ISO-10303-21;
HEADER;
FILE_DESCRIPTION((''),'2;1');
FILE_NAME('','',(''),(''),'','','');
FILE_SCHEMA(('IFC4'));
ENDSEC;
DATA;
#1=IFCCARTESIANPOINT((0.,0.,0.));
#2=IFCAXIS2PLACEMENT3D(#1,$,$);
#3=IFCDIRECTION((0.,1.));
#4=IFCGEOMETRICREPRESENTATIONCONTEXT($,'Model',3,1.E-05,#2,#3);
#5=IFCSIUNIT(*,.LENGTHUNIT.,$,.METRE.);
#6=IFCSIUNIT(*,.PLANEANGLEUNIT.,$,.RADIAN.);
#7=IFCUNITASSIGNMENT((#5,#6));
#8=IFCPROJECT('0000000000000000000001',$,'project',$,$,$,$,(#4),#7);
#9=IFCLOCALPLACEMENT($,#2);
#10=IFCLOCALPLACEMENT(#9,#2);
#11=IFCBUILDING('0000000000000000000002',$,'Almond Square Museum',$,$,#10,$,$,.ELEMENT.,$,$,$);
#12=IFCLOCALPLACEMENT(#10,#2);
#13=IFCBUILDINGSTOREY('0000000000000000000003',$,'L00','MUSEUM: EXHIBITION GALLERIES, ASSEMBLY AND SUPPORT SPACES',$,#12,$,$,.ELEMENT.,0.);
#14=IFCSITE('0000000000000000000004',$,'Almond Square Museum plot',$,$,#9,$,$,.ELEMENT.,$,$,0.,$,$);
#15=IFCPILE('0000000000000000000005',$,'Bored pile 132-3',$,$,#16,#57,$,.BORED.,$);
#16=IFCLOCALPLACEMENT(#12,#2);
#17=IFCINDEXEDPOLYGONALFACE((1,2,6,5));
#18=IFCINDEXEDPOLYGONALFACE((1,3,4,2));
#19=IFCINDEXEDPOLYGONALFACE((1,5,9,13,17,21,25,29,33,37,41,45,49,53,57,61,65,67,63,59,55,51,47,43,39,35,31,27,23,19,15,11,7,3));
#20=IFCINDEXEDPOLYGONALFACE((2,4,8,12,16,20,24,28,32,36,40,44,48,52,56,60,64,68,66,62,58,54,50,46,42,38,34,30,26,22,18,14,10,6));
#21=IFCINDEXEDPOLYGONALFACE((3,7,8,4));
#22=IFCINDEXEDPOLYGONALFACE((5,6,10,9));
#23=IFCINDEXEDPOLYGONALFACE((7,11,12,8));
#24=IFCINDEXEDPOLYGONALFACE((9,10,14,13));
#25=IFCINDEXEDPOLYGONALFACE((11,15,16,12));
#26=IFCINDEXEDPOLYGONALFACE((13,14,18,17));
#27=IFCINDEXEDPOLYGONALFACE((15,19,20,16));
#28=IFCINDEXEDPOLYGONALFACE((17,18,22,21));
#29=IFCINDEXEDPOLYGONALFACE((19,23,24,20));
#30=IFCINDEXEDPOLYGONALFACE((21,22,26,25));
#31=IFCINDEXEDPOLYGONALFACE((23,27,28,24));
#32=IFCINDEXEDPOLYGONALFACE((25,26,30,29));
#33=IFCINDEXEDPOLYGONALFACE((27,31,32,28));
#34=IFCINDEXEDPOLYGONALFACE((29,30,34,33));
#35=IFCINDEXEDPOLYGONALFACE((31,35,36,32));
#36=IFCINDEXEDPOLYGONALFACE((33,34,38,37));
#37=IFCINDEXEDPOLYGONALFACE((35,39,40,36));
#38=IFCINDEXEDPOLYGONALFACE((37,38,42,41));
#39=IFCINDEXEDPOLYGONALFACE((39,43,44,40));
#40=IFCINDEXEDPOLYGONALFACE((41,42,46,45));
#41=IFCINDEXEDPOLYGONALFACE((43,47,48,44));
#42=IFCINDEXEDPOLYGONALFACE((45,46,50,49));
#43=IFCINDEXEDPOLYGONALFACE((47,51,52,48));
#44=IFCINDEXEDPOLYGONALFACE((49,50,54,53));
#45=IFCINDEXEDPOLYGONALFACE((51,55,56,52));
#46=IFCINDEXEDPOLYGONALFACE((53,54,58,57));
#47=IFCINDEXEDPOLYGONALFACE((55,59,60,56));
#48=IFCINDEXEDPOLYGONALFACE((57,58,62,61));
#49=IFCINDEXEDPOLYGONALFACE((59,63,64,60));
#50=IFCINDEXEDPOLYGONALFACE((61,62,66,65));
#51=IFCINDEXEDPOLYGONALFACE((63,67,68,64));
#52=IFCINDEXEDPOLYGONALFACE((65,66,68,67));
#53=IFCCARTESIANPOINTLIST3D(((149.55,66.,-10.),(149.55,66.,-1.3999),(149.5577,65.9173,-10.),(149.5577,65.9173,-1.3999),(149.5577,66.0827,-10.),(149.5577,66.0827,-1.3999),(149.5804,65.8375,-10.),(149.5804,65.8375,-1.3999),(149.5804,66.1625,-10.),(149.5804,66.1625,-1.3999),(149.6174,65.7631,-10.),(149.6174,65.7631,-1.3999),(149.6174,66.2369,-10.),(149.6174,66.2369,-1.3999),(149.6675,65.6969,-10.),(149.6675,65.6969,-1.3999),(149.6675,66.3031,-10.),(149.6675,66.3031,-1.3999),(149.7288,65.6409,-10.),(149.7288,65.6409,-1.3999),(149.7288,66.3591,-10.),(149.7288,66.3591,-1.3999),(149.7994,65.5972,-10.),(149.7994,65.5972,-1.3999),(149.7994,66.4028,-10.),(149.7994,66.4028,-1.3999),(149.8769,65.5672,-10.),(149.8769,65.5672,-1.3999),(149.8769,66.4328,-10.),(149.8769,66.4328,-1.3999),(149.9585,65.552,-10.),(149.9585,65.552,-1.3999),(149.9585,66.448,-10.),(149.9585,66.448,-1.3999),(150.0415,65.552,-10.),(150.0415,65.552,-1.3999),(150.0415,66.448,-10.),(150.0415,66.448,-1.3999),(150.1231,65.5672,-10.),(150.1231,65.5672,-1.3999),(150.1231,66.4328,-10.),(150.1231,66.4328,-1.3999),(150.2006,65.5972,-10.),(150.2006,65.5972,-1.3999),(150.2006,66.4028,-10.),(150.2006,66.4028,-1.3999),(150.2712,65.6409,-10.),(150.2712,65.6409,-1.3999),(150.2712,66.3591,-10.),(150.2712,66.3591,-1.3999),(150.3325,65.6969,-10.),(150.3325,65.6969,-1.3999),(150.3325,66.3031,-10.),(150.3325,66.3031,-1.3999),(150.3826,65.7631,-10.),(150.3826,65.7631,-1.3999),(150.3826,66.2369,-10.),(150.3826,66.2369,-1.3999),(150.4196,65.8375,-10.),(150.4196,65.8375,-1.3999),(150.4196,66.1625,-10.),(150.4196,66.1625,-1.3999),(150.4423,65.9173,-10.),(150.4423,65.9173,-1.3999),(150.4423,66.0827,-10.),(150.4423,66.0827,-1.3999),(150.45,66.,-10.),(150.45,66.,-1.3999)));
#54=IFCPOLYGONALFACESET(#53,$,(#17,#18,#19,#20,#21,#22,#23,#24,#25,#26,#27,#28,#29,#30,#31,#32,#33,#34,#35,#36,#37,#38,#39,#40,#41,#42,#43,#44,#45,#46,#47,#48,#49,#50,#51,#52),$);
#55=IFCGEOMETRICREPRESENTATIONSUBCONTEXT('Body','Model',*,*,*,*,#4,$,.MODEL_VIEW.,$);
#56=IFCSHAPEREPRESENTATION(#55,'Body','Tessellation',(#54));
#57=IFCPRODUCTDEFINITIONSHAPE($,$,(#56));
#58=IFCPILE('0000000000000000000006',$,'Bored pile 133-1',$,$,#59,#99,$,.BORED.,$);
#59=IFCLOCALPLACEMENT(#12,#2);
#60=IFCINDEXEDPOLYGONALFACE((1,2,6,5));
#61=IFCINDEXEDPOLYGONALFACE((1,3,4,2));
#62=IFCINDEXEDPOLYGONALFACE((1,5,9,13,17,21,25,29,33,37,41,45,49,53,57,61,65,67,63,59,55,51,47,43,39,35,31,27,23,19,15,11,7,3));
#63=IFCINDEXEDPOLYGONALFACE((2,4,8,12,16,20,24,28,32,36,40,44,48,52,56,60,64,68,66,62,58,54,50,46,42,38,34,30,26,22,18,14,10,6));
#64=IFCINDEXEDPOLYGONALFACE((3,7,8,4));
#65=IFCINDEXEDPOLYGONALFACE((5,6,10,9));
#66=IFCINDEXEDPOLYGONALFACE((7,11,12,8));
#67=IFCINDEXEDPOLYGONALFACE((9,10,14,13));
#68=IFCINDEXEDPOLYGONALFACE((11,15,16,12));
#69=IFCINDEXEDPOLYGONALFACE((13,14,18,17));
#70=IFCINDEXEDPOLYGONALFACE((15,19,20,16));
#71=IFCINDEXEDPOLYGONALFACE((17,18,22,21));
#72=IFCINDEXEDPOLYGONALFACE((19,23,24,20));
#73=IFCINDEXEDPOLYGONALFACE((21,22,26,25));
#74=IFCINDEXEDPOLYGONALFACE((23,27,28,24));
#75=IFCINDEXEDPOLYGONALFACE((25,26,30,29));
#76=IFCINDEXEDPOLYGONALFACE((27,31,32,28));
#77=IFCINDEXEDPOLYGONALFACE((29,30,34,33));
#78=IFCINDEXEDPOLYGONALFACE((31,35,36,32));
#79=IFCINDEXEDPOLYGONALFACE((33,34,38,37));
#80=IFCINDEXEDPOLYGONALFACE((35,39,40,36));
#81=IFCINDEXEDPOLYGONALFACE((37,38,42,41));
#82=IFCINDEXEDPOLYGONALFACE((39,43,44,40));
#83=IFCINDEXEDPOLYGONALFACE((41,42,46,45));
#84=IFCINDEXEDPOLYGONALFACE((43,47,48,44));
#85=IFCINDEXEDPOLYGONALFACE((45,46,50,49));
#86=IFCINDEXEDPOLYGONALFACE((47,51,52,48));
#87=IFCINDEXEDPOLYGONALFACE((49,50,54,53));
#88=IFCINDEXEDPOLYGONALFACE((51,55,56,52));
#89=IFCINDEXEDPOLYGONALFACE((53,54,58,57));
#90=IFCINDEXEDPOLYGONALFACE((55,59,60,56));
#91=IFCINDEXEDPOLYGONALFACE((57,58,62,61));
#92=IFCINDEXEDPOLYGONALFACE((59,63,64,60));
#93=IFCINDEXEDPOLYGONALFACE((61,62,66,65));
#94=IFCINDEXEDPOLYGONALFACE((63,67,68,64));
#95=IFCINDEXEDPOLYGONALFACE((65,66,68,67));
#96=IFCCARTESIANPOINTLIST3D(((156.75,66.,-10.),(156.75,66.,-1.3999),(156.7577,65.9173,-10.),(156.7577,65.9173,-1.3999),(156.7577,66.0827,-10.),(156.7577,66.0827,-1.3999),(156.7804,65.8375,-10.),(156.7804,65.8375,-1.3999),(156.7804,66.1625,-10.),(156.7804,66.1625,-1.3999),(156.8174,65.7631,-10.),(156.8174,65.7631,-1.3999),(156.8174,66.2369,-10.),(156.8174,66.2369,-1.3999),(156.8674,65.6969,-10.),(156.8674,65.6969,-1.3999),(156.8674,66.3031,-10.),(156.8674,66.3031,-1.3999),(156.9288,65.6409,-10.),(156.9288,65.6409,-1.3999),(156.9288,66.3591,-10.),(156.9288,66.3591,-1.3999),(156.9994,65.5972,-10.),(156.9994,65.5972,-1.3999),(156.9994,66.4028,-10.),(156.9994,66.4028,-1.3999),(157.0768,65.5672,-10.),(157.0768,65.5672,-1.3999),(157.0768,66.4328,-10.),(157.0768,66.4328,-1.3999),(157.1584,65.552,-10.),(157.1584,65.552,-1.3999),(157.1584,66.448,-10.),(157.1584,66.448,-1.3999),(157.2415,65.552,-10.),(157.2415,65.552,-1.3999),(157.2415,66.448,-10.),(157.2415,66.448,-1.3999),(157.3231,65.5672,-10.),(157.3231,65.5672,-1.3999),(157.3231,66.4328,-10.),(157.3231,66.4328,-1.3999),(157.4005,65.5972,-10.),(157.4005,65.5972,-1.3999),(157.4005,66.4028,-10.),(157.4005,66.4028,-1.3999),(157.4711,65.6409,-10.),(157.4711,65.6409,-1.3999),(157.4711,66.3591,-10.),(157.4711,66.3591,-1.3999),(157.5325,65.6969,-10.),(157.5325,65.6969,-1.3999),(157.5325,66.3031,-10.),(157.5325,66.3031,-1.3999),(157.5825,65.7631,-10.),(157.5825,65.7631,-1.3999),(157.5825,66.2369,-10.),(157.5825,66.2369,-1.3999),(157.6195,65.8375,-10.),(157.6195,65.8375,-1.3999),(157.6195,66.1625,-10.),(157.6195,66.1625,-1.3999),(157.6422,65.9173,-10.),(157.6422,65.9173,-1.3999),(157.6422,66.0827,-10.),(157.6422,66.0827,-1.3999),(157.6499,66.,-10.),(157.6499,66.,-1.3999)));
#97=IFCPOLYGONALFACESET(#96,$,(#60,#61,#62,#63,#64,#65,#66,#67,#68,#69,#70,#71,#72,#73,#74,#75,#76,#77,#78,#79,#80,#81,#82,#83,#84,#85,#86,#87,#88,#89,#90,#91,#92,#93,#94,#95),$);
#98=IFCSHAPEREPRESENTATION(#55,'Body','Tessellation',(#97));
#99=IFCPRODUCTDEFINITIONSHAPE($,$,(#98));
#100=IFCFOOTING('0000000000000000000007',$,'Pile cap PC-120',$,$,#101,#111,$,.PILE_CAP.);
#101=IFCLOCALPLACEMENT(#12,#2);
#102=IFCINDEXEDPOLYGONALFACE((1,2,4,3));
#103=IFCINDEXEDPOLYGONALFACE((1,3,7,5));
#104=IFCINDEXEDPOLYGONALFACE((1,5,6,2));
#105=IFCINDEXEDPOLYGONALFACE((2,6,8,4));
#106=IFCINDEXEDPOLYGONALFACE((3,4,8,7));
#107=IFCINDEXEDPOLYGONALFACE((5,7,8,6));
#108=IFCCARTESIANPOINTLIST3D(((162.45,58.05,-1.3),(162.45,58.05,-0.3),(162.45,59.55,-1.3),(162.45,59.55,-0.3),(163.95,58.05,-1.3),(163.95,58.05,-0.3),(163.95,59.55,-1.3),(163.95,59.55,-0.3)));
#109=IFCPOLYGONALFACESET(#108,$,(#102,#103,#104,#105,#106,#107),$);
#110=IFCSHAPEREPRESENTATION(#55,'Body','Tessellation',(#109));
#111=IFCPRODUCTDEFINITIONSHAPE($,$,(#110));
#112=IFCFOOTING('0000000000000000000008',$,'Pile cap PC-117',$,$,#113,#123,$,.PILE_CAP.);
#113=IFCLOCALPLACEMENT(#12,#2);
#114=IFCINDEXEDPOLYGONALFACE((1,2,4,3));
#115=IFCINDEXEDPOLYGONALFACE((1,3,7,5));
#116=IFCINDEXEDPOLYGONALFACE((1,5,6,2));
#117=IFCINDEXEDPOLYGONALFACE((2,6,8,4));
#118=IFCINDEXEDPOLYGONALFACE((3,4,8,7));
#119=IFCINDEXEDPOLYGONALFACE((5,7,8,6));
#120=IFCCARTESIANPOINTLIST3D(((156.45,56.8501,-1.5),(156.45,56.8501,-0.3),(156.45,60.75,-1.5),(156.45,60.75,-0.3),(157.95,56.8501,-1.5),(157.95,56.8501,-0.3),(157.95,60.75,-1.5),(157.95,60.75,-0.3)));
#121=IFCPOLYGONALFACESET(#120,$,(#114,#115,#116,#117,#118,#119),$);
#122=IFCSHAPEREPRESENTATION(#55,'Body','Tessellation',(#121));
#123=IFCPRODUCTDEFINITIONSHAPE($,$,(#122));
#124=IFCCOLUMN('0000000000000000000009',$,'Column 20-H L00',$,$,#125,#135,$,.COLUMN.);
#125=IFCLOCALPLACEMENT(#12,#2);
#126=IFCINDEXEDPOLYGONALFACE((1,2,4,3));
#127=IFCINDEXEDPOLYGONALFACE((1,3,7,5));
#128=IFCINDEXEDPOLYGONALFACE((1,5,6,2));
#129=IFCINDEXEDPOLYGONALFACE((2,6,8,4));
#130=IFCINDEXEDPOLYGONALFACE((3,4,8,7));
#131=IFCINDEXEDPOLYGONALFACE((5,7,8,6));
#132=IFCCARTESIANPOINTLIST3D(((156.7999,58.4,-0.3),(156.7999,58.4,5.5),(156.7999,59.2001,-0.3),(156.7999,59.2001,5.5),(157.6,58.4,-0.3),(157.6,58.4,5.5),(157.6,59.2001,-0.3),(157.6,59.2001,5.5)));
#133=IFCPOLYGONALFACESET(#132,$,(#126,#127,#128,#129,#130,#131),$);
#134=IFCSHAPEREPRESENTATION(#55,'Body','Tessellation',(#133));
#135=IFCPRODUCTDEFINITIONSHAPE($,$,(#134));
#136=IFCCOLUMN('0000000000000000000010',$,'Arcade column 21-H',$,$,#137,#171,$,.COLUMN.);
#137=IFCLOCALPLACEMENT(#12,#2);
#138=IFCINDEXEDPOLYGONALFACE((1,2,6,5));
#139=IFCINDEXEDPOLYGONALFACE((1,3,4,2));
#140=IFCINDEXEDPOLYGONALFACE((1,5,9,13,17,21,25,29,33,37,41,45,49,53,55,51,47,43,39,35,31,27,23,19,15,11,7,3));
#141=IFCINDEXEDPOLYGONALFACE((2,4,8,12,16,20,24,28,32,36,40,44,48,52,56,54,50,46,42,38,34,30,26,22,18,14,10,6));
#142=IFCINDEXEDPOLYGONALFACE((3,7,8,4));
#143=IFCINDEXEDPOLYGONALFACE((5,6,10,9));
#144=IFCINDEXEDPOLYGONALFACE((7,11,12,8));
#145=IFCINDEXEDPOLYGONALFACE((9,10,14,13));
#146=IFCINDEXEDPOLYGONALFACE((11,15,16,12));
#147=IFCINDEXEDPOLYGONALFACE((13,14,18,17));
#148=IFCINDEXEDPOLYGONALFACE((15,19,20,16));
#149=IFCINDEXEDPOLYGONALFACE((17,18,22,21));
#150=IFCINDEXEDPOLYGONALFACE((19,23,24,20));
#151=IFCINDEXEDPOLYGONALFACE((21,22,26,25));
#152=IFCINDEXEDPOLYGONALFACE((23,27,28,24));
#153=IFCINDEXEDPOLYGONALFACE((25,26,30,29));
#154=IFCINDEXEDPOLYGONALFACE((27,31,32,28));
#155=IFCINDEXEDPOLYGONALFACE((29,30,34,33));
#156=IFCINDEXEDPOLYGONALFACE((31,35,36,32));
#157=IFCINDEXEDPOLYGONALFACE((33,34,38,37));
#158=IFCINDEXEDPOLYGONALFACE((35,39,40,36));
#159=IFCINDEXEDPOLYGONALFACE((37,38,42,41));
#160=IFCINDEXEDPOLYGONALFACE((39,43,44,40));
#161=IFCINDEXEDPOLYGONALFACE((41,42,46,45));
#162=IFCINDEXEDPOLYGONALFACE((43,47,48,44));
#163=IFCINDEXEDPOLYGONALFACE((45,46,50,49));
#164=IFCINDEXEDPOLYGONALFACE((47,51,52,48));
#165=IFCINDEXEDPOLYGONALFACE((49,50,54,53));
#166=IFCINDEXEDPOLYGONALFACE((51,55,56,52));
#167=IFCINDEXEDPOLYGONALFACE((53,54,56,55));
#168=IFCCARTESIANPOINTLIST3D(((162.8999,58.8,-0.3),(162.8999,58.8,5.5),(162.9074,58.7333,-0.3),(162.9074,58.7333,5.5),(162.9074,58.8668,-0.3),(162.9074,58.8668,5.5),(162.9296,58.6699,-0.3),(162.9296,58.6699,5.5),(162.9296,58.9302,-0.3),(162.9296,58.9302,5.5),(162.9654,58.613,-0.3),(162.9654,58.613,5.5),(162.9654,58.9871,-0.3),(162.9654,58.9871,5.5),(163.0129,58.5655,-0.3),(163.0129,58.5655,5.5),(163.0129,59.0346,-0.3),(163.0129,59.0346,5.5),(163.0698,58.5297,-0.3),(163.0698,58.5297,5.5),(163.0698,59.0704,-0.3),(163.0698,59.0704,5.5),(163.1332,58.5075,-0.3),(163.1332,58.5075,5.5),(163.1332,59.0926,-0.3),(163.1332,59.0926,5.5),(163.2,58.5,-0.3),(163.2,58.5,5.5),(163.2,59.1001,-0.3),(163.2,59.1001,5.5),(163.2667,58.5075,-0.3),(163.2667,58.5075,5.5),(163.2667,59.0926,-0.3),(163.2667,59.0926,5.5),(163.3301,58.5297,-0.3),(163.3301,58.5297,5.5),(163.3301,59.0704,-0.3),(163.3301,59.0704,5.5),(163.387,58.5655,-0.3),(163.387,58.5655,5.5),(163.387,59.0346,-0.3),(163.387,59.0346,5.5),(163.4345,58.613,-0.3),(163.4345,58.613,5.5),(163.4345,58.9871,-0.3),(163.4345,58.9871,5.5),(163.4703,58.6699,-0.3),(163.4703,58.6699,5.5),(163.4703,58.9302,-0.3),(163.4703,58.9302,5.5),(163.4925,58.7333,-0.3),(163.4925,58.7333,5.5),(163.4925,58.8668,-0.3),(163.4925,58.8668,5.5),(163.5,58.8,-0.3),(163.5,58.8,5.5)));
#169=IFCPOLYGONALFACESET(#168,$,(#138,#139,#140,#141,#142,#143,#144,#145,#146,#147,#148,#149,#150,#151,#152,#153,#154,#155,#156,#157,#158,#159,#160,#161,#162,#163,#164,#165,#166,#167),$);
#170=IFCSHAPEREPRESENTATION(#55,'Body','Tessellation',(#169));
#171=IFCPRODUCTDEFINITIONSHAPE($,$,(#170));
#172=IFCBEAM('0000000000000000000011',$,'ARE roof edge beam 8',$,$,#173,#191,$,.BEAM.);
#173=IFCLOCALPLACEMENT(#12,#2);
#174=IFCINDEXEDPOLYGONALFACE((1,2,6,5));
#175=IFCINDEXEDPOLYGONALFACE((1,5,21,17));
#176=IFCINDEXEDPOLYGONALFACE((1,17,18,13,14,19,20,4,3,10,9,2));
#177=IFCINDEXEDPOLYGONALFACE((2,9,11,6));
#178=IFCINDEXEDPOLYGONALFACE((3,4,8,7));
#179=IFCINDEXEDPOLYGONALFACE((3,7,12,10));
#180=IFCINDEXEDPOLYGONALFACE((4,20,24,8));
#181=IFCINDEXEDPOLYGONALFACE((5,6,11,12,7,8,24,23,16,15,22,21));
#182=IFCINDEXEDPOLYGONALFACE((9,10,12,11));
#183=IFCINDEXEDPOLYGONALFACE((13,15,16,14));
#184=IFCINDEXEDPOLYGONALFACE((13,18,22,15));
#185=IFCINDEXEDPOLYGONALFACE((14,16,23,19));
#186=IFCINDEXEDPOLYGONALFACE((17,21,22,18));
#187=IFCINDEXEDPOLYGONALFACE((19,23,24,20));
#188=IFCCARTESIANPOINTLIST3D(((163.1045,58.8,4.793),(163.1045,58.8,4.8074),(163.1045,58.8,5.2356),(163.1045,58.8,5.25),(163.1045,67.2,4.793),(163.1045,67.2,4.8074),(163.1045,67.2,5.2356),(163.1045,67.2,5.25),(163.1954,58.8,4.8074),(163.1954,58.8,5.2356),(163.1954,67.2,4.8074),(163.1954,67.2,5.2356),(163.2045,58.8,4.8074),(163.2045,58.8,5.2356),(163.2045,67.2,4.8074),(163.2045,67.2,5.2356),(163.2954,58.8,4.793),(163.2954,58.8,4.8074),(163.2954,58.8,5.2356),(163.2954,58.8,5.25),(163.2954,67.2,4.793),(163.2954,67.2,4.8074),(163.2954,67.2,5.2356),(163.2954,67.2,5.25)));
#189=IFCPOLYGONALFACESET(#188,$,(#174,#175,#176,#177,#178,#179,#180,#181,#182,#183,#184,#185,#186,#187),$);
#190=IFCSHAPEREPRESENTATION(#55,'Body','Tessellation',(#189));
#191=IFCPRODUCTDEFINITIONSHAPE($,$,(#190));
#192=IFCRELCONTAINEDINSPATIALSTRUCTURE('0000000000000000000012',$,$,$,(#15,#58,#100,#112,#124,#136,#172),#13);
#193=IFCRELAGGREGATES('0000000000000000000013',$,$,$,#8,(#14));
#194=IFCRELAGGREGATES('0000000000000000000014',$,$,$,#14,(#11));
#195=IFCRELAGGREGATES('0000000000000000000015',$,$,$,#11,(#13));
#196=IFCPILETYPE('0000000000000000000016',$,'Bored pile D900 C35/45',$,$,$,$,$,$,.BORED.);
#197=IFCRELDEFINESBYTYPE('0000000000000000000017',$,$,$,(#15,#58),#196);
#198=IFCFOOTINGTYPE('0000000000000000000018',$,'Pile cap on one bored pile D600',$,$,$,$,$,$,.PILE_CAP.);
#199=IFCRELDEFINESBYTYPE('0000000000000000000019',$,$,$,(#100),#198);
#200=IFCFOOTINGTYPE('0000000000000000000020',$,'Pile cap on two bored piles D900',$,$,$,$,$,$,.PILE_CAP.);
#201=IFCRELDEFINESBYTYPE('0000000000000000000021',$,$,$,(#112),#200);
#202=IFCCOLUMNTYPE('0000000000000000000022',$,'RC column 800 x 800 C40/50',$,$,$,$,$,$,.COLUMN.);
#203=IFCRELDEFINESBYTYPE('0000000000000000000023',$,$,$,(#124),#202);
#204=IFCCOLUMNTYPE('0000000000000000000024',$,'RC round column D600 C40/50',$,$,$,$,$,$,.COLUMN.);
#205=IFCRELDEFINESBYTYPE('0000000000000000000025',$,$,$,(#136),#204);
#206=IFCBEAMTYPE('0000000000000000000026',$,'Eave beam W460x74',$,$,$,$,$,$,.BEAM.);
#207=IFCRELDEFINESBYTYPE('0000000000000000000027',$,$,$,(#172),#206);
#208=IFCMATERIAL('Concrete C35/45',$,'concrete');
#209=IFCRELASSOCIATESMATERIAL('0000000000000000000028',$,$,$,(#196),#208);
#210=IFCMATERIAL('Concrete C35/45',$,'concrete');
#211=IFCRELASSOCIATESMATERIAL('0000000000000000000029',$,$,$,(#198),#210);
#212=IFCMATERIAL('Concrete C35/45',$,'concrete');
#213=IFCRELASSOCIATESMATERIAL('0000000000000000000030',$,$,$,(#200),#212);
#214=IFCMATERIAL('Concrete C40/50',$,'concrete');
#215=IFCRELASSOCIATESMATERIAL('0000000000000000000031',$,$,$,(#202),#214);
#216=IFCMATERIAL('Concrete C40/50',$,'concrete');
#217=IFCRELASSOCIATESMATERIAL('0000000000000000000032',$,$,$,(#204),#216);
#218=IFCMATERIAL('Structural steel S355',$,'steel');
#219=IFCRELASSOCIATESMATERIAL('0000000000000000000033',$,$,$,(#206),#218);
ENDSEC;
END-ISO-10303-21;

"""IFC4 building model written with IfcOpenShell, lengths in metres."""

from ifc_helpers import new_model, si_unit, direction, frame, origin, origin_2d, place, context, subcontext, project, spatial, rectangle, circle, i_section, extrude, material, material_profile, profile_set, type_object, element, save


model = new_model("IFC4")

# Units and contexts
model_context = context("Model", 3, precision=1e-05, world=origin(), true_north=direction((0.0, 1.0)))
body_context = subcontext(model_context, "Body", "Model", "MODEL_VIEW")
ifc_project = project(units=[si_unit("LENGTHUNIT", "METRE"), si_unit("PLANEANGLEUNIT", "RADIAN")], contexts=[model_context])

# Site, building, storey
site_placement = place(None, origin())
site = spatial("IfcSite", under=ifc_project, at=site_placement, Name="Almond Square Museum plot", CompositionType="ELEMENT", RefElevation=0.0)
building_placement = place(site_placement, origin())
building = spatial("IfcBuilding", under=site, at=building_placement, Name="Almond Square Museum", CompositionType="ELEMENT")
storey_placement = place(building_placement, origin())
storey = spatial("IfcBuildingStorey", under=building, at=storey_placement, Name="L00", Description="MUSEUM: EXHIBITION GALLERIES, ASSEMBLY AND SUPPORT SPACES", CompositionType="ELEMENT", Elevation=0.0)

# Piles
ifc_material_1 = material(Name="Concrete C35/45", Category="concrete")
ifc_material_profile_1 = material_profile(ifc_material_1, circle(Radius=0.45, at=origin_2d()))
ifc_profile_set_1 = profile_set([ifc_material_profile_1], Name="Concrete C35/45")
pile_type_1 = type_object("IfcPileType", Name="Bored pile D900 C35/45", PredefinedType="BORED", material=ifc_profile_set_1)
for number, where, z_axis, x_axis, name in (
    (1, (150.0, 66.0, -1.3999), (0.0, 0.0, -1.0), (1.0, 0.0, 0.0), "Bored pile 132-3"),
    (2, (157.2, 66.0, -1.3999), (0.0, 0.0, -1.0), (1.0, 0.0, 0.0), "Bored pile 133-1"),
):
    element("IfcPile", number, at=place(storey_placement, frame(where, z_axis=z_axis, x_axis=x_axis)), inside=storey, type_object=pile_type_1, Name=name, PredefinedType="BORED", context=body_context, shape_type="SweptSolid", body=[
        extrude(circle(Radius=0.45, at=origin_2d()), origin(), (0.0, 0.0, 1.0), 8.6001),
    ])

# Footings
ifc_material_2 = material(Name="Concrete C35/45", Category="concrete")
footing_type_1 = type_object("IfcFootingType", Name="Pile cap on one bored pile D600", PredefinedType="PILE_CAP", material=ifc_material_2)
footing_1_placement = place(storey_placement, frame((163.2, 58.8, -1.3), z_axis=(0.0, 0.0, 1.0), x_axis=(1.0, 0.0, 0.0)))
element("IfcFooting", 3, at=footing_1_placement, inside=storey, type_object=footing_type_1, Name="Pile cap PC-120", PredefinedType="PILE_CAP", context=body_context, shape_type="SweptSolid", body=[
    extrude(rectangle(XDim=1.5, YDim=1.5, at=origin_2d()), origin(), (0.0, 0.0, 1.0), 1.0),
])
ifc_material_3 = material(Name="Concrete C35/45", Category="concrete")
footing_type_2 = type_object("IfcFootingType", Name="Pile cap on two bored piles D900", PredefinedType="PILE_CAP", material=ifc_material_3)
footing_2_placement = place(storey_placement, frame((157.2, 58.8, -1.5), z_axis=(0.0, 0.0, 1.0), x_axis=(1.0, 0.0, 0.0)))
element("IfcFooting", 4, at=footing_2_placement, inside=storey, type_object=footing_type_2, Name="Pile cap PC-117", PredefinedType="PILE_CAP", context=body_context, shape_type="SweptSolid", body=[
    extrude(rectangle(XDim=1.5, YDim=3.8999, at=origin_2d()), origin(), (0.0, 0.0, 1.0), 1.2),
])

# Columns
ifc_material_4 = material(Name="Concrete C40/50", Category="concrete")
ifc_material_profile_2 = material_profile(ifc_material_4, rectangle(XDim=0.8, YDim=0.8, at=origin_2d()))
ifc_profile_set_2 = profile_set([ifc_material_profile_2], Name="Concrete C40/50")
column_type_1 = type_object("IfcColumnType", Name="RC column 800 x 800 C40/50", PredefinedType="COLUMN", material=ifc_profile_set_2)
column_1_placement = place(storey_placement, frame((157.2, 58.8, -0.3), z_axis=(0.0, 0.0, 1.0), x_axis=(1.0, 0.0, 0.0)))
element("IfcColumn", 5, at=column_1_placement, inside=storey, type_object=column_type_1, Name="Column 20-H L00", PredefinedType="COLUMN", context=body_context, shape_type="SweptSolid", body=[
    extrude(rectangle(XDim=0.8, YDim=0.8, at=origin_2d()), origin(), (0.0, 0.0, 1.0), 5.8),
])
ifc_material_5 = material(Name="Concrete C40/50", Category="concrete")
ifc_material_profile_3 = material_profile(ifc_material_5, circle(Radius=0.3, at=origin_2d()))
ifc_profile_set_3 = profile_set([ifc_material_profile_3], Name="Concrete C40/50")
column_type_2 = type_object("IfcColumnType", Name="RC round column D600 C40/50", PredefinedType="COLUMN", material=ifc_profile_set_3)
column_2_placement = place(storey_placement, frame((163.2, 58.8, -0.3), z_axis=(0.0, 0.0, 1.0), x_axis=(1.0, 0.0, 0.0)))
element("IfcColumn", 6, at=column_2_placement, inside=storey, type_object=column_type_2, Name="Arcade column 21-H", PredefinedType="COLUMN", context=body_context, shape_type="SweptSolid", body=[
    extrude(circle(Radius=0.3, at=origin_2d()), origin(), (0.0, 0.0, 1.0), 5.8),
])

# Beam
ifc_material_6 = material(Name="Structural steel S355", Category="steel")
ifc_material_profile_4 = material_profile(ifc_material_6, i_section(OverallWidth=0.1909, OverallDepth=0.457, WebThickness=0.009, FlangeThickness=0.0144, at=origin_2d()))
ifc_profile_set_4 = profile_set([ifc_material_profile_4], Name="Structural steel S355")
beam_type_1 = type_object("IfcBeamType", Name="Eave beam W460x74", PredefinedType="BEAM", material=ifc_profile_set_4)
beam_1_placement = place(storey_placement, frame((163.2, 58.8, 5.0215), z_axis=(0.0, 1.0, 0.0), x_axis=(-1.0, 0.0, 0.0)))
element("IfcBeam", 7, at=beam_1_placement, inside=storey, type_object=beam_type_1, Name="ARE roof edge beam 8", PredefinedType="BEAM", context=body_context, shape_type="SweptSolid", body=[
    extrude(i_section(OverallWidth=0.1909, OverallDepth=0.457, WebThickness=0.009, FlangeThickness=0.0144, at=origin_2d()), origin(), (0.0, 0.0, 1.0), 8.3999),
])

save(model, "model.ifc")
